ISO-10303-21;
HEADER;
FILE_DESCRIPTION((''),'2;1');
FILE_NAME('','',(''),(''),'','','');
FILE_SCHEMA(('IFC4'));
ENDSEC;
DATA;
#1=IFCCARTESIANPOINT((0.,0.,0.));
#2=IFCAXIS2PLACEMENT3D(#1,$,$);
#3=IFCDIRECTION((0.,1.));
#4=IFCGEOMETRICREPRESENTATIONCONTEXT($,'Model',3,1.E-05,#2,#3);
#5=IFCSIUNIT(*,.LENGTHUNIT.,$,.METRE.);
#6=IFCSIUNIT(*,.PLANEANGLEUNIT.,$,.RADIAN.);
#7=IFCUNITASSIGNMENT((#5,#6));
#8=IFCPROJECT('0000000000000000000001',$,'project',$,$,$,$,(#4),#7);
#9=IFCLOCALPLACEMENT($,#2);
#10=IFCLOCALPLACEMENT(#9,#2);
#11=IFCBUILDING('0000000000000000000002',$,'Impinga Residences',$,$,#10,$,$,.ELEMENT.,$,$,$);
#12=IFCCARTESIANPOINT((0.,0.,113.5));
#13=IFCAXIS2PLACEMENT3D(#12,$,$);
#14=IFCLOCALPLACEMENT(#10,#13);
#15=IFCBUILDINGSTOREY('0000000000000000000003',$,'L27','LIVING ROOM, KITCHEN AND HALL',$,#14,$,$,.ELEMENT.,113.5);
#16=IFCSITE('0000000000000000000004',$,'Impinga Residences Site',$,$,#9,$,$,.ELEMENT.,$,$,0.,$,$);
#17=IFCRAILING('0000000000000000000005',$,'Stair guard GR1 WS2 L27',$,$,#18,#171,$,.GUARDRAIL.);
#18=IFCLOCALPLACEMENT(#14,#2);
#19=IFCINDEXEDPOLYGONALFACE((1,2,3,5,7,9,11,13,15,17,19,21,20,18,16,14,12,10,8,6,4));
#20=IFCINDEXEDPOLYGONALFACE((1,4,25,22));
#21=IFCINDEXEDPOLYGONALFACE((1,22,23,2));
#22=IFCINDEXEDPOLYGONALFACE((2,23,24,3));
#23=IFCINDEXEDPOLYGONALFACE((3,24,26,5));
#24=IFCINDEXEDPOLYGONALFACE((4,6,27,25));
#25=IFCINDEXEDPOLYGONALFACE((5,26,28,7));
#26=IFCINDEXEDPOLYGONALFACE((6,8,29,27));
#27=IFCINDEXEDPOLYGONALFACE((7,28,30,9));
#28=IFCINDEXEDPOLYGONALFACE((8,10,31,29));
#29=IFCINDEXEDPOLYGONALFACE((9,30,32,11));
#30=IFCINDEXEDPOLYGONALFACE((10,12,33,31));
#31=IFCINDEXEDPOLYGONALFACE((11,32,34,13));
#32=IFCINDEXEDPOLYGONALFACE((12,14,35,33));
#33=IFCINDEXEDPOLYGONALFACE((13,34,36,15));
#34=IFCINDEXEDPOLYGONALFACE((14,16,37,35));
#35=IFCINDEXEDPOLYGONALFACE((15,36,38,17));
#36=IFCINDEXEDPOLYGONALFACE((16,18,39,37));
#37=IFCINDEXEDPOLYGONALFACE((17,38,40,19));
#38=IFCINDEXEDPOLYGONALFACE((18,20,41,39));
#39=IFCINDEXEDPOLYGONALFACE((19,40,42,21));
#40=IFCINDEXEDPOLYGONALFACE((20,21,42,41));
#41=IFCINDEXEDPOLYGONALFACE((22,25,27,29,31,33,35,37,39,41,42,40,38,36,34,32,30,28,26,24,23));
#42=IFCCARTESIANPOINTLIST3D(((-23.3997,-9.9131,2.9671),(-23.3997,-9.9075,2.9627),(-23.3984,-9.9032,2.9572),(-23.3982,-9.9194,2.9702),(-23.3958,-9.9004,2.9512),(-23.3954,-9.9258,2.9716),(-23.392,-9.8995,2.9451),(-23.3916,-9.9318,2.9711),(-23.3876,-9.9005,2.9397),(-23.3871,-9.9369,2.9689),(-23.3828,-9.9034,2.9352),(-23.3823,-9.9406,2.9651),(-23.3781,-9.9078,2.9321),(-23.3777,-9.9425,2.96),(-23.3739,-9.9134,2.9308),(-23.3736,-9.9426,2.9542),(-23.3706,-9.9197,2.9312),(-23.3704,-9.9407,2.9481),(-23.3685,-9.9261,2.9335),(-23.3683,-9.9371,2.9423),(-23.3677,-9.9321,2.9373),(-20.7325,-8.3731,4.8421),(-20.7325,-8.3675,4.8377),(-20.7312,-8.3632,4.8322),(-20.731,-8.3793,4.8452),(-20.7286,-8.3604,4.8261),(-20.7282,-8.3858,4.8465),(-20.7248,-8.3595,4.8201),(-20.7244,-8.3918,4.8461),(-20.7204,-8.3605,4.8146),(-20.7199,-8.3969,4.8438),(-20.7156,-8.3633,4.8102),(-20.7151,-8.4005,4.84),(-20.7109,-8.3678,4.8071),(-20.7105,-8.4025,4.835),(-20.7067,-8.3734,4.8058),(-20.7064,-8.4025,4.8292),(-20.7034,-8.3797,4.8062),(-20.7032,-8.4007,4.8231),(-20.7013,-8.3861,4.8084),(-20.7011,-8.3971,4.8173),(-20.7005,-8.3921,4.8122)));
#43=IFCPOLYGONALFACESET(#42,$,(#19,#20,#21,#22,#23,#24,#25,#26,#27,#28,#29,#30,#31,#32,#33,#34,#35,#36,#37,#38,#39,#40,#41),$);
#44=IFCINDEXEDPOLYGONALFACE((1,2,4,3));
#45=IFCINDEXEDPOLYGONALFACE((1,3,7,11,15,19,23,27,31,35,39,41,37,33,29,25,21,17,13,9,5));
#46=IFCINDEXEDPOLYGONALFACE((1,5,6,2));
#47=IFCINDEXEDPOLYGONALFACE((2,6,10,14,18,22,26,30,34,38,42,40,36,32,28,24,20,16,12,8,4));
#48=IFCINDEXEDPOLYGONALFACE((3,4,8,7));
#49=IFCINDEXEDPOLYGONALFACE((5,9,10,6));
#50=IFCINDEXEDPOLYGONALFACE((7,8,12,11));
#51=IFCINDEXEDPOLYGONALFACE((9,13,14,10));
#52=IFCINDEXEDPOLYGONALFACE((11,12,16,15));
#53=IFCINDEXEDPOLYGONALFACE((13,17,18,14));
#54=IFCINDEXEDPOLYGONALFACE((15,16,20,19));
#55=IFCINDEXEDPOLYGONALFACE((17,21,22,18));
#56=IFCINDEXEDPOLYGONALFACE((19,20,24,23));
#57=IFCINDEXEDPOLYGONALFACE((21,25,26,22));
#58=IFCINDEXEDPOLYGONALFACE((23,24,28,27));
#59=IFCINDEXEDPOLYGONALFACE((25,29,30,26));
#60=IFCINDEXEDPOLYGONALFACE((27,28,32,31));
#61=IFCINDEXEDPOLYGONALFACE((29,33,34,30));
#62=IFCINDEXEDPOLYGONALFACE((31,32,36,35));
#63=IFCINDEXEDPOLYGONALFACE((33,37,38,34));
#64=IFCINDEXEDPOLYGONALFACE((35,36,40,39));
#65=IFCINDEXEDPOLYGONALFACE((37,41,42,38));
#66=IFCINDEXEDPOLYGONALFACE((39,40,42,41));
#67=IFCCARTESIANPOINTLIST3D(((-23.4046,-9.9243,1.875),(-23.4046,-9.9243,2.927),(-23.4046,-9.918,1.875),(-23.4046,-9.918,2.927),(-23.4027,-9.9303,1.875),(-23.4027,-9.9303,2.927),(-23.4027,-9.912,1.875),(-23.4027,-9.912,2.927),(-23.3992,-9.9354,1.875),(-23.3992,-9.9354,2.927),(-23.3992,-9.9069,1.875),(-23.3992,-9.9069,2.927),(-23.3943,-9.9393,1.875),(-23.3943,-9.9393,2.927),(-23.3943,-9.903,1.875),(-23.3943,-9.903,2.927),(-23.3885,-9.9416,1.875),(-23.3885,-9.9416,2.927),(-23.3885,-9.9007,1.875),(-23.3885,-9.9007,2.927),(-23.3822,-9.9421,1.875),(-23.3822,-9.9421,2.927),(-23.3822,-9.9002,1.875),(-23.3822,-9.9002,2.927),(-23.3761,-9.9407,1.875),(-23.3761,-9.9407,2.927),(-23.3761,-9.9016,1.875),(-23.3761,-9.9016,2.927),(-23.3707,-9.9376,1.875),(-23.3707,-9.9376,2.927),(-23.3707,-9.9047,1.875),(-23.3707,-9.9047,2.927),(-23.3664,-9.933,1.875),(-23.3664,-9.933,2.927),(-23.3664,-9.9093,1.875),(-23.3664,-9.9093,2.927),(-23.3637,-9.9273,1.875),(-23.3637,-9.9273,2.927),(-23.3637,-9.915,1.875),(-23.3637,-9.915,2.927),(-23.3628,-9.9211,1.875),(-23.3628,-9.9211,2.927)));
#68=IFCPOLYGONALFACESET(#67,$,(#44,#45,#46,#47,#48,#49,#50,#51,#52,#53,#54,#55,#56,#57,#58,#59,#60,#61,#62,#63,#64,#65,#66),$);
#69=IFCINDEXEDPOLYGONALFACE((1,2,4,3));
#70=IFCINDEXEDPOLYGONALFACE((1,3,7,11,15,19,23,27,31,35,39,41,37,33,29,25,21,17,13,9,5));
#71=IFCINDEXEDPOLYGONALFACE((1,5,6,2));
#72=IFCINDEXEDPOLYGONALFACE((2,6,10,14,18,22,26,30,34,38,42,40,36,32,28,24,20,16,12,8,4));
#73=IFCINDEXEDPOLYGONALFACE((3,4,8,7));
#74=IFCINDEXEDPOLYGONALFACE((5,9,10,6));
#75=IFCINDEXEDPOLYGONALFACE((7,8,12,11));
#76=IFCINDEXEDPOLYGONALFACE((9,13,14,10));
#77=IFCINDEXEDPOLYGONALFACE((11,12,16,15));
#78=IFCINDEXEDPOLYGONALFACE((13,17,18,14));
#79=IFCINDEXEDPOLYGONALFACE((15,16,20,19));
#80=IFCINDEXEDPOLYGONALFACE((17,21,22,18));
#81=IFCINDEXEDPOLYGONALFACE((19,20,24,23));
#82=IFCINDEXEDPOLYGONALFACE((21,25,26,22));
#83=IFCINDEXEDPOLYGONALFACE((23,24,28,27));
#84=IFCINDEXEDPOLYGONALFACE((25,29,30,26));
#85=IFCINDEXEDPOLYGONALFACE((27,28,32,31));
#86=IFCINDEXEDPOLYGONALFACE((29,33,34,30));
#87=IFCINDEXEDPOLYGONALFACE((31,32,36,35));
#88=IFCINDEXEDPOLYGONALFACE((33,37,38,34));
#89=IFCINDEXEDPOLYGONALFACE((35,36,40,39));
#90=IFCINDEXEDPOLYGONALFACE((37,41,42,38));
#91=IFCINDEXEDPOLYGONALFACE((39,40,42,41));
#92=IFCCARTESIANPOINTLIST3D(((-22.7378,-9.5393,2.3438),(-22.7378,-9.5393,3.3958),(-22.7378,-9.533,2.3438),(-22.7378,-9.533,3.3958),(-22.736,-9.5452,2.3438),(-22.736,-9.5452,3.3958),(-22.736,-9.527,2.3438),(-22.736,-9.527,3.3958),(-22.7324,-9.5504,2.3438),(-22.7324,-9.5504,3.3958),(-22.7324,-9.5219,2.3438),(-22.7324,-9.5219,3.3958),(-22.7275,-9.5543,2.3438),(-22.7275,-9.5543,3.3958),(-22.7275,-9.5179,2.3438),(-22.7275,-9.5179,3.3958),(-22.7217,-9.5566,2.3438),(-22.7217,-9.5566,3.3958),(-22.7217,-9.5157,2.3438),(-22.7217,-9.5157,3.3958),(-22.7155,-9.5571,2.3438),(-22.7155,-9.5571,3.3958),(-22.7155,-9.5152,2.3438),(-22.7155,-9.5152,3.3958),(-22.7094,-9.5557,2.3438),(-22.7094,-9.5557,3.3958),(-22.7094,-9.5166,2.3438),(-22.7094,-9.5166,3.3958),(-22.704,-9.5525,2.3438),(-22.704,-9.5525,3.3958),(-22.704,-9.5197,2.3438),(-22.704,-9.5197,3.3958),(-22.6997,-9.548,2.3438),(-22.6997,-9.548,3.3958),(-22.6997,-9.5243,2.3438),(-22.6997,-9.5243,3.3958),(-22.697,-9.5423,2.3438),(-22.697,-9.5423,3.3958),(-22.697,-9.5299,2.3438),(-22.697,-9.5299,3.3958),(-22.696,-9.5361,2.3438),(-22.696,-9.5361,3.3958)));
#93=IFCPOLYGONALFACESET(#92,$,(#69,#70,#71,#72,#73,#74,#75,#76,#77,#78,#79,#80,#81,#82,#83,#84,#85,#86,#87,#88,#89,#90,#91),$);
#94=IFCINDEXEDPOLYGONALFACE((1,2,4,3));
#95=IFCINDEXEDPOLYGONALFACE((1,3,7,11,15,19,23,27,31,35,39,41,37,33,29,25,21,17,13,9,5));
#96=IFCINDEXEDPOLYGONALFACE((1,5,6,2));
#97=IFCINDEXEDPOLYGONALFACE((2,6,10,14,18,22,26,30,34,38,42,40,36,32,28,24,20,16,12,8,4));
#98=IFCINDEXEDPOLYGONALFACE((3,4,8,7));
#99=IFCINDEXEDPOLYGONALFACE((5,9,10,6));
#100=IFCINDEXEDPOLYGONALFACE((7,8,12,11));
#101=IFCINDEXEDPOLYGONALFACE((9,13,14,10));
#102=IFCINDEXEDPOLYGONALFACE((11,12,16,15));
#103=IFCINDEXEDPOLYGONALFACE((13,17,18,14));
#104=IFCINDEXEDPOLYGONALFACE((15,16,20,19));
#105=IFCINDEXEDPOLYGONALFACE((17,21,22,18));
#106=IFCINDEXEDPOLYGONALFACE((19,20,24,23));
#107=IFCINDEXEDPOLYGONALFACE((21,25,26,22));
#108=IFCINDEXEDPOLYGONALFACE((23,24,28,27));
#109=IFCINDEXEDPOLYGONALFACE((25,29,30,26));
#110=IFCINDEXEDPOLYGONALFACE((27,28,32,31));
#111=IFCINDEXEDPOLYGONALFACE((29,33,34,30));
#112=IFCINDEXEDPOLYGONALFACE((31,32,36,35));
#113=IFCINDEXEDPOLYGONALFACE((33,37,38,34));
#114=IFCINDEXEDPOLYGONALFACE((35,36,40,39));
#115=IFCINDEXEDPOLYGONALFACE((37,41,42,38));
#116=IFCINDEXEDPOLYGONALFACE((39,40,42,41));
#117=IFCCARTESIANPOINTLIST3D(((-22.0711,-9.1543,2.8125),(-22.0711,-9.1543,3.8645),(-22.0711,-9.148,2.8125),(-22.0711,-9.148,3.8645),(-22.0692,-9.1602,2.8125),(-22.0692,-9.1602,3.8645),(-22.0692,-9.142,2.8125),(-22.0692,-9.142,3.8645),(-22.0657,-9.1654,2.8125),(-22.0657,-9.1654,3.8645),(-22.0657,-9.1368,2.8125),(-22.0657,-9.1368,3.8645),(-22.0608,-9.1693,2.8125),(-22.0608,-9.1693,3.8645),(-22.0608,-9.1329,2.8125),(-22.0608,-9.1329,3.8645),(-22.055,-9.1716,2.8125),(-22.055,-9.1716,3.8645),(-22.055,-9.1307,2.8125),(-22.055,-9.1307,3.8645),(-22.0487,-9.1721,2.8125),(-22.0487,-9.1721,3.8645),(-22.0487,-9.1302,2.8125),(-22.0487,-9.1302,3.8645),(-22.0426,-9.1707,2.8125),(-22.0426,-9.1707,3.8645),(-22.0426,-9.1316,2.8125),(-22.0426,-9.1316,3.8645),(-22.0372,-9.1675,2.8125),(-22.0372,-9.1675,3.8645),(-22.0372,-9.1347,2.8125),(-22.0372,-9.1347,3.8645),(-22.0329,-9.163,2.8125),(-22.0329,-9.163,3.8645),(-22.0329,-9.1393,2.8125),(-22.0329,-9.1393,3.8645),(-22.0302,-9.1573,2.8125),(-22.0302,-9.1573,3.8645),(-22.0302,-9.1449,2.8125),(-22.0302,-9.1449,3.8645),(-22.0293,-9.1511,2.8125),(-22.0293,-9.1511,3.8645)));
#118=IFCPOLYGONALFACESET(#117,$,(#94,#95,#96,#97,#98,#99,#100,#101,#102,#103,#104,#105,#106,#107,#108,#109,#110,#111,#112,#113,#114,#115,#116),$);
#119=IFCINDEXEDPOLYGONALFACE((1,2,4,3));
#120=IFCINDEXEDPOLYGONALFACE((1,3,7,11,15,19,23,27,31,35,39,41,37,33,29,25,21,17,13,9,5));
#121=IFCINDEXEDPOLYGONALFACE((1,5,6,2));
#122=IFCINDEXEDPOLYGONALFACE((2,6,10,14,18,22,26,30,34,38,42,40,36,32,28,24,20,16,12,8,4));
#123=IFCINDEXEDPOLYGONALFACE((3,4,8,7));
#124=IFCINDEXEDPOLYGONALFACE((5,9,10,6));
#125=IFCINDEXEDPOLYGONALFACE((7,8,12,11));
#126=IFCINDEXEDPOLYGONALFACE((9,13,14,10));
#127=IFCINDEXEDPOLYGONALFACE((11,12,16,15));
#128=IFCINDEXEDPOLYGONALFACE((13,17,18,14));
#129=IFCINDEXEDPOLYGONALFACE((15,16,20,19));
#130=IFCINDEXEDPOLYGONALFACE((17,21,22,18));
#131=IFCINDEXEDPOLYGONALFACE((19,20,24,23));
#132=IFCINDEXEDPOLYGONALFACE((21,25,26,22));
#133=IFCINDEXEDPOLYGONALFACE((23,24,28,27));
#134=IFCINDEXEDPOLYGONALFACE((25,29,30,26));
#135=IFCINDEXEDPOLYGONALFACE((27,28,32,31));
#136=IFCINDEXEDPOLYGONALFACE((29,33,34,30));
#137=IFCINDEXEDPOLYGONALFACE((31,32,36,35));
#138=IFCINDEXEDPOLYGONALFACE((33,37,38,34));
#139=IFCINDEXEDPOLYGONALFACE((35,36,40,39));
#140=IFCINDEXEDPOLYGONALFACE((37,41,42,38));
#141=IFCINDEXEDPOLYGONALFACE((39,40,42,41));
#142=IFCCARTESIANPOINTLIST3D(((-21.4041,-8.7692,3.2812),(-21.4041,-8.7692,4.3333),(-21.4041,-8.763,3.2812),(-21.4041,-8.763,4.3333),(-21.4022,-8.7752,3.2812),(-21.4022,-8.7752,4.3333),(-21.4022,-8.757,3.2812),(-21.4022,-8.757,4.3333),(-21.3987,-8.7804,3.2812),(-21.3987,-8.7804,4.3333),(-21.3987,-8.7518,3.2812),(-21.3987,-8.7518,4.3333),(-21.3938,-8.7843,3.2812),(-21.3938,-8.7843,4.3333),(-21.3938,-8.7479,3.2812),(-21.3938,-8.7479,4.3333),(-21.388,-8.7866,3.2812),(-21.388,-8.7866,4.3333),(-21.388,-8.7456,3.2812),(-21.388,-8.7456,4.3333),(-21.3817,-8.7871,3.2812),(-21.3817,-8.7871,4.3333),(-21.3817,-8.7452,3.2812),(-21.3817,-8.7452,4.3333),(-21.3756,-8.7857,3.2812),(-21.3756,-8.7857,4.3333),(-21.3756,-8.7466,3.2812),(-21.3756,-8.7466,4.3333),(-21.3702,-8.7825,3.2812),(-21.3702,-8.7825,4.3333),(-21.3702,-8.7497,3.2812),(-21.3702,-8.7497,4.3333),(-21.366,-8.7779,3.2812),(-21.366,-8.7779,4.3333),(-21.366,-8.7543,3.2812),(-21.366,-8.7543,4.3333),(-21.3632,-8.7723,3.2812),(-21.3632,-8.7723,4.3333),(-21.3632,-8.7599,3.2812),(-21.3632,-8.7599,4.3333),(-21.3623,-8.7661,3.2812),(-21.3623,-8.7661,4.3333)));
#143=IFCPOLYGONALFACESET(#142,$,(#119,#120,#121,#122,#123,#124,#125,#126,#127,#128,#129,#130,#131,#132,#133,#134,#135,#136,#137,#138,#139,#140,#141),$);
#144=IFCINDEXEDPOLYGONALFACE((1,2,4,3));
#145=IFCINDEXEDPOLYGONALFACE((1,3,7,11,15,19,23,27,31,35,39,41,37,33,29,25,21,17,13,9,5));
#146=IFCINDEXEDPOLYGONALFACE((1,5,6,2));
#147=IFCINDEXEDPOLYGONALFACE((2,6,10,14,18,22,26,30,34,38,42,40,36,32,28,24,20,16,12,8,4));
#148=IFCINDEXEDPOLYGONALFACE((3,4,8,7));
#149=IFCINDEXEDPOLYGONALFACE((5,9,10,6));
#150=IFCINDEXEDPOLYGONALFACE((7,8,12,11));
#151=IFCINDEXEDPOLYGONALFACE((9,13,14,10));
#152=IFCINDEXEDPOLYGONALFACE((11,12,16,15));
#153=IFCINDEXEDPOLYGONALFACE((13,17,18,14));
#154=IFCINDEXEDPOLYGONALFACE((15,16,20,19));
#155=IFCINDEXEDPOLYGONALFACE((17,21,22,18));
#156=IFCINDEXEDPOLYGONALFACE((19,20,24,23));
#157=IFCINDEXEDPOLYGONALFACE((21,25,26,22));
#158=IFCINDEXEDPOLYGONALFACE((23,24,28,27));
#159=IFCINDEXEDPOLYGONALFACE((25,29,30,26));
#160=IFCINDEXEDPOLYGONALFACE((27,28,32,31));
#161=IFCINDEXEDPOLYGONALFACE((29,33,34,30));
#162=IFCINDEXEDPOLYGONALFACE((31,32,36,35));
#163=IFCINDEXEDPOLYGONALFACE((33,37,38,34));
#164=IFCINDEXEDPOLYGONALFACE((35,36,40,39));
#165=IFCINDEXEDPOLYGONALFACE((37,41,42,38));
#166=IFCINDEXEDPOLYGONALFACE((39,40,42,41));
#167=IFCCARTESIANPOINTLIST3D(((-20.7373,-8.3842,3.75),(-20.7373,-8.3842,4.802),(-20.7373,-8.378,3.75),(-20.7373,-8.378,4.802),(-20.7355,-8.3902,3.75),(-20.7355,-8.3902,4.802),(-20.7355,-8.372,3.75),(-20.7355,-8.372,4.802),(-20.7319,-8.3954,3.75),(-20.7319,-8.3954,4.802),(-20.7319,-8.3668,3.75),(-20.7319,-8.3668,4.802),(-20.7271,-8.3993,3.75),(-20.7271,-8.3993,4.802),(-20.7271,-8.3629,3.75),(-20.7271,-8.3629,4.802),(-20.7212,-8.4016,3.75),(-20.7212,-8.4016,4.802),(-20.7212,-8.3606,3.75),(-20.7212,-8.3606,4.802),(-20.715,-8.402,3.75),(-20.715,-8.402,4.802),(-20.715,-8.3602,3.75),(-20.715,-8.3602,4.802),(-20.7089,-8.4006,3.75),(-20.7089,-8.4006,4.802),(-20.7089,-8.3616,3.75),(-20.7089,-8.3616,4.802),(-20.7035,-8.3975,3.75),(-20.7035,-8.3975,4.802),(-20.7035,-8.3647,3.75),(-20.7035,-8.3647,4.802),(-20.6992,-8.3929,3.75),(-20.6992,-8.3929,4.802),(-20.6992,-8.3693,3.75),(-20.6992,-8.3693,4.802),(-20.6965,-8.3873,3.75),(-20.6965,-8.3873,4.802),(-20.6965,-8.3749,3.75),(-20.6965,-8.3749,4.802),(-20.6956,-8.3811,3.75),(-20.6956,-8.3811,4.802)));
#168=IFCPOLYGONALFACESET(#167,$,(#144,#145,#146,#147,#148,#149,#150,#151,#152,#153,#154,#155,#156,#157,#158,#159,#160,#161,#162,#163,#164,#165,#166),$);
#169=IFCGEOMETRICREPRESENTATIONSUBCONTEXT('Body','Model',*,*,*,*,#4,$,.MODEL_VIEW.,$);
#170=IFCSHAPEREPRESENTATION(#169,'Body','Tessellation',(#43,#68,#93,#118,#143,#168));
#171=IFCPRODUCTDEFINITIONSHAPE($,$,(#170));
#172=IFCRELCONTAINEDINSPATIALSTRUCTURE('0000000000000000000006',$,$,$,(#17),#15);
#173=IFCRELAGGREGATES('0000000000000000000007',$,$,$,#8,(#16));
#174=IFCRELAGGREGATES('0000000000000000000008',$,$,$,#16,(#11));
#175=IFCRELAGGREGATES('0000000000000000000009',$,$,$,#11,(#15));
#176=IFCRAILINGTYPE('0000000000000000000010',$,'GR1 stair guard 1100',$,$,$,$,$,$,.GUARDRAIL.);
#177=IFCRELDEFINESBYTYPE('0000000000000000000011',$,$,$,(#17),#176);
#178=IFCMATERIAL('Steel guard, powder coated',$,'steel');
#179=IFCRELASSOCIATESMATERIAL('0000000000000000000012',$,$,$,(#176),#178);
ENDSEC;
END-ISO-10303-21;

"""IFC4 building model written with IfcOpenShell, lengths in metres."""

from ifc_helpers import new_model, si_unit, direction, frame, origin, origin_2d, place, context, subcontext, project, spatial, circle, extrude, material, type_object, element, save


model = new_model("IFC4")

# Units and contexts
model_context = context("Model", 3, precision=1e-05, world=origin(), true_north=direction((0.0, 1.0)))
body_context = subcontext(model_context, "Body", "Model", "MODEL_VIEW")
ifc_project = project(units=[si_unit("LENGTHUNIT", "METRE"), si_unit("PLANEANGLEUNIT", "RADIAN")], contexts=[model_context])

# Site, building, storey
site_placement = place(None, origin())
site = spatial("IfcSite", under=ifc_project, at=site_placement, Name="Impinga Residences Site", CompositionType="ELEMENT", RefElevation=0.0)
building_placement = place(site_placement, origin())
building = spatial("IfcBuilding", under=site, at=building_placement, Name="Impinga Residences", CompositionType="ELEMENT")
storey_placement = place(building_placement, frame((0.0, 0.0, 113.5)))
storey = spatial("IfcBuildingStorey", under=building, at=storey_placement, Name="L27", Description="LIVING ROOM, KITCHEN AND HALL", CompositionType="ELEMENT", Elevation=113.5)

# Railing
ifc_material_1 = material(Name="Steel guard, powder coated", Category="steel")
railing_type_1 = type_object("IfcRailingType", Name="GR1 stair guard 1100", PredefinedType="GUARDRAIL", material=ifc_material_1)
railing_1_placement = place(storey_placement, frame((-23.3838, -9.9211, 1.875)))
element("IfcRailing", 1, at=railing_1_placement, inside=storey, type_object=railing_type_1, Name="Stair guard GR1 WS2 L27", PredefinedType="GUARDRAIL", context=body_context, shape_type="SweptSolid", body=[
    extrude(circle(Radius=0.0239, at=origin_2d()), frame((0.0, 0.0, 1.0762), z_axis=(0.739716, 0.427105, 0.520002), x_axis=(-0.500027, 0.86601, 0.0)), (0.0, 0.0, 1.0), 3.6057),
    extrude(circle(Radius=0.021, at=origin_2d()), origin(), (0.0, 0.0, 1.0), 1.052),
    extrude(circle(Radius=0.021, at=origin_2d()), frame((0.6667, 0.385, 0.4688)), (0.0, 0.0, 1.0), 1.052),
    extrude(circle(Radius=0.021, at=origin_2d()), frame((1.3335, 0.77, 0.9375)), (0.0, 0.0, 1.0), 1.052),
    extrude(circle(Radius=0.021, at=origin_2d()), frame((2.0005, 1.155, 1.4062)), (0.0, 0.0, 1.0), 1.052),
    extrude(circle(Radius=0.021, at=origin_2d()), frame((2.6672, 1.54, 1.875)), (0.0, 0.0, 1.0), 1.052),
])

save(model, "model.ifc")
